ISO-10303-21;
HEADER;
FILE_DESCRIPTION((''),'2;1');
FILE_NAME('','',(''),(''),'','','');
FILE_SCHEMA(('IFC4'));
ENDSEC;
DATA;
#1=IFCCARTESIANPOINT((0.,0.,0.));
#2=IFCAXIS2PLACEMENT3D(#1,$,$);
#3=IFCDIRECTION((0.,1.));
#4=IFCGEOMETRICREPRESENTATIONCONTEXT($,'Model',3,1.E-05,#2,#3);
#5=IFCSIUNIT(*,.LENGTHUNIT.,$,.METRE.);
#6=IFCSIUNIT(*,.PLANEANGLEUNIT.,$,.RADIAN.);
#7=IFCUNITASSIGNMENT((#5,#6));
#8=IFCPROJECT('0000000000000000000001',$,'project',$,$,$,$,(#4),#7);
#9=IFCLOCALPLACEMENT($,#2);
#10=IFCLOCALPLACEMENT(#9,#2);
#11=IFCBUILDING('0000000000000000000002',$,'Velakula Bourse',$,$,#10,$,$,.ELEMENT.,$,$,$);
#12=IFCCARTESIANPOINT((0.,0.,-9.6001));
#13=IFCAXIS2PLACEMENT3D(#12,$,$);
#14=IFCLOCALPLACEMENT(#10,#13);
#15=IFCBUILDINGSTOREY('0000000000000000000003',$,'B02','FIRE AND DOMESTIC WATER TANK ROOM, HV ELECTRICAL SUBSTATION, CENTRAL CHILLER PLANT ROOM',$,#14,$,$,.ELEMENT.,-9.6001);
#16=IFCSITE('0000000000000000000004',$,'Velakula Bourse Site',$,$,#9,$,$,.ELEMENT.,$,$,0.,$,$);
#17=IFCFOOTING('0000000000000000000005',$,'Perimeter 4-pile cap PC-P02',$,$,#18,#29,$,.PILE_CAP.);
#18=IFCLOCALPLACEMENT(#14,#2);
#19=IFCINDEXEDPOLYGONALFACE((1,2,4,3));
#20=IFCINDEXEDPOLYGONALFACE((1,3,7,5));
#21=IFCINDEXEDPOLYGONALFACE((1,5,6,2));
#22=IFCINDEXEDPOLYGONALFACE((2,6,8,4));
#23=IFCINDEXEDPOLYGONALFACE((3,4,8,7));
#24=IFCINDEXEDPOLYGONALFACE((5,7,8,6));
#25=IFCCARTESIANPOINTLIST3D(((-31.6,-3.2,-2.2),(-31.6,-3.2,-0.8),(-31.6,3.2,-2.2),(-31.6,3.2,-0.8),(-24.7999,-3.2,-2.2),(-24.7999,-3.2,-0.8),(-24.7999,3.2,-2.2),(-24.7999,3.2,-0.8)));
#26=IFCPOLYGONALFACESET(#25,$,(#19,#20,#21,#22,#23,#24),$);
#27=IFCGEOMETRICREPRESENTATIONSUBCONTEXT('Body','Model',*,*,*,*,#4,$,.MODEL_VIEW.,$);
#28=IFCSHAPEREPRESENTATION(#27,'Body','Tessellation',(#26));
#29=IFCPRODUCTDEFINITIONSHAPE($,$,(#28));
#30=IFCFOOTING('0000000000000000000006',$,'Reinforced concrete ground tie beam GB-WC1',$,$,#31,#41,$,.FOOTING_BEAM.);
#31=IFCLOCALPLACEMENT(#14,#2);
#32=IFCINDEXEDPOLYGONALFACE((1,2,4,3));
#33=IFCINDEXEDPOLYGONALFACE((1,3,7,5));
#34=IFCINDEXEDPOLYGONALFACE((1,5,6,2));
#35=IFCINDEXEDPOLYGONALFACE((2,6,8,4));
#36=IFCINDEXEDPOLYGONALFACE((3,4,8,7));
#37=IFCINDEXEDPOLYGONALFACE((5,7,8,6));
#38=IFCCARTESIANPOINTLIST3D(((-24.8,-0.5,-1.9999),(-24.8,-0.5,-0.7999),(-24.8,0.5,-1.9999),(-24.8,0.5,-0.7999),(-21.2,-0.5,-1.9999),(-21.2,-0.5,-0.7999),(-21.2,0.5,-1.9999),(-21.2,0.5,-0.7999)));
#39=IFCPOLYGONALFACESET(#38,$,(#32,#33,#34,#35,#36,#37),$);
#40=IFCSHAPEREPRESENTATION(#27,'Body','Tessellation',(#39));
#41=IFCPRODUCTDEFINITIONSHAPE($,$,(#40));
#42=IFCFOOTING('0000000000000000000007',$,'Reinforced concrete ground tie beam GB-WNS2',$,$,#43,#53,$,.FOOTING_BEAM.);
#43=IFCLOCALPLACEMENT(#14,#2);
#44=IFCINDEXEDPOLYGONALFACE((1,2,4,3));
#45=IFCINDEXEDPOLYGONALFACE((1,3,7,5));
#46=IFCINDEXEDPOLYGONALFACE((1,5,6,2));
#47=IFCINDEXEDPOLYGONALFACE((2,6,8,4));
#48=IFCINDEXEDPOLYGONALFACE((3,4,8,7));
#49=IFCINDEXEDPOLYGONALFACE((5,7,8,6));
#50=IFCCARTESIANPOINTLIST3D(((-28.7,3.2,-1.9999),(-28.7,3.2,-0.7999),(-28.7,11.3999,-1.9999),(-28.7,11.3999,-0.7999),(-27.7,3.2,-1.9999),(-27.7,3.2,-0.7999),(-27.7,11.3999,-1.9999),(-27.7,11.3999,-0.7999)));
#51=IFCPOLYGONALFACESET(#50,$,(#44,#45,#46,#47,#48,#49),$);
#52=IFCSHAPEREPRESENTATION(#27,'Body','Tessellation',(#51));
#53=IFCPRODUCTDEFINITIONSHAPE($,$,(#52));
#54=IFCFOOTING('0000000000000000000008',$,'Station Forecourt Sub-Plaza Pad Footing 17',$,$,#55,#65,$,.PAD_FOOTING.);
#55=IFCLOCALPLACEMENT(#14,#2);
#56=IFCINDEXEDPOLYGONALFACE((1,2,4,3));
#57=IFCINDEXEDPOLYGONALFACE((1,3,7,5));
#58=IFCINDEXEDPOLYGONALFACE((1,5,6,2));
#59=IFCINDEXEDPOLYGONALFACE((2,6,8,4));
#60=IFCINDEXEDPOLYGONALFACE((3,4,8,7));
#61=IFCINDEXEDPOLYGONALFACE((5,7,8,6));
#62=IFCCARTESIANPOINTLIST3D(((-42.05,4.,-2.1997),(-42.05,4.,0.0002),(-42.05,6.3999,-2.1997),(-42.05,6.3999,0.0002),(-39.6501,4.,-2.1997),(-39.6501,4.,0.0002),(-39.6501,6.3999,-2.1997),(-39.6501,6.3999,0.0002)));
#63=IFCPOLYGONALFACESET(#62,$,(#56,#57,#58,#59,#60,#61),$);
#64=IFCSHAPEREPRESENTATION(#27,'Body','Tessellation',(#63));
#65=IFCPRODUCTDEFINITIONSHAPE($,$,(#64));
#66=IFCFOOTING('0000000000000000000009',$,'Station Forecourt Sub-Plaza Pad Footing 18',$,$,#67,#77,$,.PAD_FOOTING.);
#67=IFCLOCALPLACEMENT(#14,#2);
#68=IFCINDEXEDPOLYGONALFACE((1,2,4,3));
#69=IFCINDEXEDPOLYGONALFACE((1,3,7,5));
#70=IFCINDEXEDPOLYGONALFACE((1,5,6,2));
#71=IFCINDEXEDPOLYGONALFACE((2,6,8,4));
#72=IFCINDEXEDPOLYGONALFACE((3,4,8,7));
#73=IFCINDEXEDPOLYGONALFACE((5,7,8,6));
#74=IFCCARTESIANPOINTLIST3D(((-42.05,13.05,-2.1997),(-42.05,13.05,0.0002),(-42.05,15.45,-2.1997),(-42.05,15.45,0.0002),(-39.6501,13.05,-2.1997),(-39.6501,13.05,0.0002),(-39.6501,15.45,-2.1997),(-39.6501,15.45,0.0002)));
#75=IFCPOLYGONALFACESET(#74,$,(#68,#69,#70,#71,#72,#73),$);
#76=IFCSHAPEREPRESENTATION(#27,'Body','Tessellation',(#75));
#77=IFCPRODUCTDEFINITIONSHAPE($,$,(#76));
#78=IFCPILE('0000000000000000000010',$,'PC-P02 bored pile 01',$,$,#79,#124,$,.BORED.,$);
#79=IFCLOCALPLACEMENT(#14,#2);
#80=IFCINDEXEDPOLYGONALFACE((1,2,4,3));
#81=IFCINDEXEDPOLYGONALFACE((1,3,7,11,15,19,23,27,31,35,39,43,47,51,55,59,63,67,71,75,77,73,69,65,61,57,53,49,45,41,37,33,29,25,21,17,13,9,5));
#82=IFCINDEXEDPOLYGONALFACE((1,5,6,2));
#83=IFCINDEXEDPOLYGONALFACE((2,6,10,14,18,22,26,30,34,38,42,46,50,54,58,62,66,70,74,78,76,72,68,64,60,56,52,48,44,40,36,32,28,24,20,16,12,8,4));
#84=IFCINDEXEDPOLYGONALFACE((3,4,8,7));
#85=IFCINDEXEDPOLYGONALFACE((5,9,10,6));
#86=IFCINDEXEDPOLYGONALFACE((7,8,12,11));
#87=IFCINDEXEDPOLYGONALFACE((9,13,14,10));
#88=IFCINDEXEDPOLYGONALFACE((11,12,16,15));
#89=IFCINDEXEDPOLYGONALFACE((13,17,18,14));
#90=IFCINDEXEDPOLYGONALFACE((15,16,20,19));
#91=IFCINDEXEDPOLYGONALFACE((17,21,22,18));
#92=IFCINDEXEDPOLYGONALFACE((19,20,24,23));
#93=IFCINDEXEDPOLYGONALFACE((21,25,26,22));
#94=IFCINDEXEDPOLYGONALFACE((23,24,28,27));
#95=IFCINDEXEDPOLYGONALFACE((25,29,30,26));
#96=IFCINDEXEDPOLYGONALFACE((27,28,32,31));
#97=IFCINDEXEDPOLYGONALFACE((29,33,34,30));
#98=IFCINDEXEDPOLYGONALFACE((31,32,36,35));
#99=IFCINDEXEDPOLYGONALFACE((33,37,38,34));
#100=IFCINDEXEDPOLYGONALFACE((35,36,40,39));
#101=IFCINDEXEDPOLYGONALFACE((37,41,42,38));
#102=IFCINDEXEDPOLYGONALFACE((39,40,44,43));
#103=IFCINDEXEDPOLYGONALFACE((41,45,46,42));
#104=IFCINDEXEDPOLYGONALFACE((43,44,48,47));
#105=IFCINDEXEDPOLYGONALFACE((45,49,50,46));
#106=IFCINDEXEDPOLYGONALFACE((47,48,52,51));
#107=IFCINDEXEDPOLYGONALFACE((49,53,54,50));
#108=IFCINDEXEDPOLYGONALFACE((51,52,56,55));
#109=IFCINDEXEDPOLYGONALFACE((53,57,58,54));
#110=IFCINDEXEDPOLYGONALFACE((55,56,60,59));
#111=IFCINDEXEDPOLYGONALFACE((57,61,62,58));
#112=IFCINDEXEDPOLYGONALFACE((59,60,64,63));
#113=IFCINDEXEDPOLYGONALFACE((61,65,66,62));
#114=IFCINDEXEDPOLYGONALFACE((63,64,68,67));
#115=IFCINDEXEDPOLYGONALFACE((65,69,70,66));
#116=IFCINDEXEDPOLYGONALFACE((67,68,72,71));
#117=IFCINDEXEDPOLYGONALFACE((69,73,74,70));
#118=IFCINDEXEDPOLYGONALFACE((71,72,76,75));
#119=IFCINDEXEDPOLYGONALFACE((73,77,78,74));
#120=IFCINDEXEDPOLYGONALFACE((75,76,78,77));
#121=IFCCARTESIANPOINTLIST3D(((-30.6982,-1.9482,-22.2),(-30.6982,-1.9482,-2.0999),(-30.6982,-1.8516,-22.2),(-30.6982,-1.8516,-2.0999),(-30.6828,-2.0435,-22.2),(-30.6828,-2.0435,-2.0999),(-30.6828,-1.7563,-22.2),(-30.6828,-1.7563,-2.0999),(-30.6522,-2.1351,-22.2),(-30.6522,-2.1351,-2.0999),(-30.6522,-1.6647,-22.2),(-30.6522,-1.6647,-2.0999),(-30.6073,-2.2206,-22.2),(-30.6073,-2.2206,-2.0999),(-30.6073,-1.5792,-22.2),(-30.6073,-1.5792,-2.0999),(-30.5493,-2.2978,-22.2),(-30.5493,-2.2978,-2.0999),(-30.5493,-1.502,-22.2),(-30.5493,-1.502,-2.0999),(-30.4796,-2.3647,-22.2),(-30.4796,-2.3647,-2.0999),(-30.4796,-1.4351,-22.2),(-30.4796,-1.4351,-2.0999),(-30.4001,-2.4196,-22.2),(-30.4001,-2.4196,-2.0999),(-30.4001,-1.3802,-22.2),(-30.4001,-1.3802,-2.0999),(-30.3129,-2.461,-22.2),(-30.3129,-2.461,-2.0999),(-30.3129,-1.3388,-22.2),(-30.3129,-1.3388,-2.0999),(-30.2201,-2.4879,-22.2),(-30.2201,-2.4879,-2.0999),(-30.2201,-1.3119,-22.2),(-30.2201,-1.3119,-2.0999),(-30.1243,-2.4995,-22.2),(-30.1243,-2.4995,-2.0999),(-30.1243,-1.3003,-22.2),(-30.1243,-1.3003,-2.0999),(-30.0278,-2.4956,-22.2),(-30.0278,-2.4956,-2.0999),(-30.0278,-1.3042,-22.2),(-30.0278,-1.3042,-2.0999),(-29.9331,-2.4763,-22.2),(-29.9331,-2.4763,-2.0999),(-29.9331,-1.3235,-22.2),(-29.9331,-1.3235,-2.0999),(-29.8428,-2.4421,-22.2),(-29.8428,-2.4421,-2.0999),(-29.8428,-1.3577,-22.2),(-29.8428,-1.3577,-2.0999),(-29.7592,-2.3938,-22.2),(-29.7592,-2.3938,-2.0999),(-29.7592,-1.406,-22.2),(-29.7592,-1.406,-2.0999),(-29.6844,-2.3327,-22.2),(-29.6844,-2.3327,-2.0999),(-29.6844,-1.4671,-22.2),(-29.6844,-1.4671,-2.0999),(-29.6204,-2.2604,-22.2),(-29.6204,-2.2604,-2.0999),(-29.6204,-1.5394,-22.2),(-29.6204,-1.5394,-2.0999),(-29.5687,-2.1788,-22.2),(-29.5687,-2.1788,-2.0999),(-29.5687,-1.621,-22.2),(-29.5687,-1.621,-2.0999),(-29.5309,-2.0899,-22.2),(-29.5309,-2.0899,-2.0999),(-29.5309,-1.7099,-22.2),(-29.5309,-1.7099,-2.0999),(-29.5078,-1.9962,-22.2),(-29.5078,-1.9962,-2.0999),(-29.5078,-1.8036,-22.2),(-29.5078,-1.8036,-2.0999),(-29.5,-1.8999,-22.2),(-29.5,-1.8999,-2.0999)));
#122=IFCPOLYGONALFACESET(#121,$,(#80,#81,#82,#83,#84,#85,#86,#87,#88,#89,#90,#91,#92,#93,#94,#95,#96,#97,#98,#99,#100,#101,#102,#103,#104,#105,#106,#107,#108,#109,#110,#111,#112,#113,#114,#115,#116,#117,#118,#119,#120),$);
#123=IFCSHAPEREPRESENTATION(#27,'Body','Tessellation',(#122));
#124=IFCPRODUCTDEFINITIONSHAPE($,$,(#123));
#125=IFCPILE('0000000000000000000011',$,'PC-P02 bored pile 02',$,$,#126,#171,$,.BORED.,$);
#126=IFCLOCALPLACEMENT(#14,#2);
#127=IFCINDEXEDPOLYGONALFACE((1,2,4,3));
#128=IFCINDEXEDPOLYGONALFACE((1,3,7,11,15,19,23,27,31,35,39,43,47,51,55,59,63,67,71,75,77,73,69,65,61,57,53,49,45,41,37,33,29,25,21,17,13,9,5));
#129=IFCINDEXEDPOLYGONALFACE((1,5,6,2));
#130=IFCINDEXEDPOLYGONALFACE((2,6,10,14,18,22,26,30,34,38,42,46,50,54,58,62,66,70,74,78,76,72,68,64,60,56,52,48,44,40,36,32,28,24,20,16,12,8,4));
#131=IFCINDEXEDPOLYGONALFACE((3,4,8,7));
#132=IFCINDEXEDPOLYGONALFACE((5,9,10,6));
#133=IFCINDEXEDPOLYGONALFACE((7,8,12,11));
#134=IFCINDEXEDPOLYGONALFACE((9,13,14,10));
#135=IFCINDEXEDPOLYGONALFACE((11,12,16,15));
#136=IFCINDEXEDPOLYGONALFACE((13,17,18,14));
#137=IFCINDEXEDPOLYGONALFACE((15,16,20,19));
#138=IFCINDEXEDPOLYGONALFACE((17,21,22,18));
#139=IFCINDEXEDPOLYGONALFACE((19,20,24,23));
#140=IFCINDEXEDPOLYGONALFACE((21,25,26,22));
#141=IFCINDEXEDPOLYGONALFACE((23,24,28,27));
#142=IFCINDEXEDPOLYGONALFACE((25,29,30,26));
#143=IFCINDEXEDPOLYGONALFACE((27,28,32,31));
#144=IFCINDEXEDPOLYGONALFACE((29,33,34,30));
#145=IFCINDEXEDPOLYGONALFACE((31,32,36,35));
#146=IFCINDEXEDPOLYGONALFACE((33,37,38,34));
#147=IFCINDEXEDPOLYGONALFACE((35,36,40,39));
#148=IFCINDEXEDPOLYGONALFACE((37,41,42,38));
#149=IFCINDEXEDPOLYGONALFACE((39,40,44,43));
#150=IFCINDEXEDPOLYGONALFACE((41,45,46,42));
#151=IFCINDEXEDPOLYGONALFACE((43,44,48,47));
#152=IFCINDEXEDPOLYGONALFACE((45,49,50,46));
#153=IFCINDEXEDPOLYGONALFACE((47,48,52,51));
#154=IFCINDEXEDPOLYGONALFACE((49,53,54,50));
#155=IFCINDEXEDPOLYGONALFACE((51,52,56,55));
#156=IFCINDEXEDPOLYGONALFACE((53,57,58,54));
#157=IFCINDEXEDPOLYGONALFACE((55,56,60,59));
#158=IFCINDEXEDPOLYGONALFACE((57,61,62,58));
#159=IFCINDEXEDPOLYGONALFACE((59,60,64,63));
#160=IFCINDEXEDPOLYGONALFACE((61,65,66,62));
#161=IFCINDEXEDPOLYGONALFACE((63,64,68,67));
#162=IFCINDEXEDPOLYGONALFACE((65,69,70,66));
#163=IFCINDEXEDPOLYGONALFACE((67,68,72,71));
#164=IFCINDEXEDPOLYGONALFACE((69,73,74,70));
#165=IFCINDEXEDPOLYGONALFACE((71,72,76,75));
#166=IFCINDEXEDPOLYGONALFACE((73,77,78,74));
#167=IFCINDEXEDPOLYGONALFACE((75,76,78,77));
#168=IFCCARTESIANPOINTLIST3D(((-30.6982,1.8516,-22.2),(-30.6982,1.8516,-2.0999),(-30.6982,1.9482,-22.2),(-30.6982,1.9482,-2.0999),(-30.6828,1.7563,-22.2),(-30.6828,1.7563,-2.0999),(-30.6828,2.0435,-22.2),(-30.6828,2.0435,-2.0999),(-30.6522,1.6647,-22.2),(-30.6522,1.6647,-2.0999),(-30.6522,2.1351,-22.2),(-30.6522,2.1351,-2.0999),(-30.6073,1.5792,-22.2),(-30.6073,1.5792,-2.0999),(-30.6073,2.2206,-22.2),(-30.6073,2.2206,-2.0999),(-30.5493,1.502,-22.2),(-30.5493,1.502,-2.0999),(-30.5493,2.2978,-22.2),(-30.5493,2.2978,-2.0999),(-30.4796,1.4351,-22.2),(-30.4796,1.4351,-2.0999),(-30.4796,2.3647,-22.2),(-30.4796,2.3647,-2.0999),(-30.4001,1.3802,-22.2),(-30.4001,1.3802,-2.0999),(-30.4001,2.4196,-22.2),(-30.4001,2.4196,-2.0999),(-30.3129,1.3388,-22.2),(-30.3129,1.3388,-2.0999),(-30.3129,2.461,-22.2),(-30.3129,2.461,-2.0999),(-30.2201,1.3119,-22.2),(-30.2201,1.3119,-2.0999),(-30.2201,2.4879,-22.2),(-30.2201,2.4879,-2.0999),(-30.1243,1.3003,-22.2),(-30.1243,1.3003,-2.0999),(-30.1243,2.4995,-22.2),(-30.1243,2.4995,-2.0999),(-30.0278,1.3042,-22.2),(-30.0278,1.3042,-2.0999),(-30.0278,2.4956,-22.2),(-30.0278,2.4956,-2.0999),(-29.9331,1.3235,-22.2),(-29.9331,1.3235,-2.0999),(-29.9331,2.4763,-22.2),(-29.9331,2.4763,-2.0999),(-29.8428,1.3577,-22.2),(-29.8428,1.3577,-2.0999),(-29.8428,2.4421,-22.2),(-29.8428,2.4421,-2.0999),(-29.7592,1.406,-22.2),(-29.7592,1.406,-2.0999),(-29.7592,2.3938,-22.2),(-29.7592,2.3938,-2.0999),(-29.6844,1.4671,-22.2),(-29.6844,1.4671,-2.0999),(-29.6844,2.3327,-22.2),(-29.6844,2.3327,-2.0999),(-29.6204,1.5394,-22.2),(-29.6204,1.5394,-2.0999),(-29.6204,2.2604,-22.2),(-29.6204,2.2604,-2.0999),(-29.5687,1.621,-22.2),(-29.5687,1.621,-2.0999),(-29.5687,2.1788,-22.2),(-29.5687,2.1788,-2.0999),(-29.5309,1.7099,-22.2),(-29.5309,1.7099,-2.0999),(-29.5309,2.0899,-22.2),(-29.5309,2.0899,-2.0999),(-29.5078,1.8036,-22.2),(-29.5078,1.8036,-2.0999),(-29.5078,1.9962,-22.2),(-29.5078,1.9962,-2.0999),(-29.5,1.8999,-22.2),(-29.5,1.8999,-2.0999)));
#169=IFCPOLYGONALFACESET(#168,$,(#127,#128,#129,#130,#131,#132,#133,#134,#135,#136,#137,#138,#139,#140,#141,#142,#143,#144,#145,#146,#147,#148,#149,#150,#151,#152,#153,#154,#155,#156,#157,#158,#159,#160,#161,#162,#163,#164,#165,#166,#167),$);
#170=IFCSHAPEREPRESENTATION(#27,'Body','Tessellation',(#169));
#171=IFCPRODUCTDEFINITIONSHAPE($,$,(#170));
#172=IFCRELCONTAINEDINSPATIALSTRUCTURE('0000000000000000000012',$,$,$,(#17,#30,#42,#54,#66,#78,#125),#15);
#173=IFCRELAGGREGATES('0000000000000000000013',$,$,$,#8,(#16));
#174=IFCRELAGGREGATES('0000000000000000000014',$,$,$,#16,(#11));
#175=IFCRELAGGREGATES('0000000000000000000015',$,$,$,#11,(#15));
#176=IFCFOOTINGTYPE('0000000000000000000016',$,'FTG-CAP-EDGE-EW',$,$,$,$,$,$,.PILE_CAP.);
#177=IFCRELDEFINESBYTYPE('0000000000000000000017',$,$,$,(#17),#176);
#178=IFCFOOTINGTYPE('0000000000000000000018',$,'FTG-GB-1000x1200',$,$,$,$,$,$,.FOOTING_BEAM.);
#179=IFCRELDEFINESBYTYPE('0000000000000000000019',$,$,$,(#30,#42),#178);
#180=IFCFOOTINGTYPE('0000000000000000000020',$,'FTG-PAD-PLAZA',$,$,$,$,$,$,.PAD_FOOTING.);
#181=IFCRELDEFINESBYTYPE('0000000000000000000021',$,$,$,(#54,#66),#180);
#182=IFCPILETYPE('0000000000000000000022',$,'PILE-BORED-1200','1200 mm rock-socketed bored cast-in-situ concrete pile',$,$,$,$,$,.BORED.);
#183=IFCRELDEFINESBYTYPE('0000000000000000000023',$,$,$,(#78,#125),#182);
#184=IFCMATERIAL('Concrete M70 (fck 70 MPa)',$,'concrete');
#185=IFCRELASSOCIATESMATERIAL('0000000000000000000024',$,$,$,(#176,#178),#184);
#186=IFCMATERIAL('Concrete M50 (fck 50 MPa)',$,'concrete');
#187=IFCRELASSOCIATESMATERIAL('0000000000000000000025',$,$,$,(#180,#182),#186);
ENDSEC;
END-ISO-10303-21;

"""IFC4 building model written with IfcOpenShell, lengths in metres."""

from ifc_helpers import new_model, si_unit, direction, frame, origin, origin_2d, place, context, subcontext, project, spatial, rectangle, circle, extrude, material, material_profile, profile_set, type_object, element, save


model = new_model("IFC4")

# Units and contexts
model_context = context("Model", 3, precision=1e-05, world=origin(), true_north=direction((0.0, 1.0)))
body_context = subcontext(model_context, "Body", "Model", "MODEL_VIEW")
ifc_project = project(units=[si_unit("LENGTHUNIT", "METRE"), si_unit("PLANEANGLEUNIT", "RADIAN")], contexts=[model_context])

# Site, building, storey
site_placement = place(None, origin())
site = spatial("IfcSite", under=ifc_project, at=site_placement, Name="Velakula Bourse Site", CompositionType="ELEMENT", RefElevation=0.0)
building_placement = place(site_placement, origin())
building = spatial("IfcBuilding", under=site, at=building_placement, Name="Velakula Bourse", CompositionType="ELEMENT")
storey_placement = place(building_placement, frame((0.0, 0.0, -9.6001)))
storey = spatial("IfcBuildingStorey", under=building, at=storey_placement, Name="B02", Description="FIRE AND DOMESTIC WATER TANK ROOM, HV ELECTRICAL SUBSTATION, CENTRAL CHILLER PLANT ROOM", CompositionType="ELEMENT", Elevation=-9.6001)

# Footings
ifc_material_1 = material(Name="Concrete M70 (fck 70 MPa)", Category="concrete")
footing_type_1 = type_object("IfcFootingType", Name="FTG-CAP-EDGE-EW", PredefinedType="PILE_CAP", material=ifc_material_1)
footing_1_placement = place(storey_placement, frame((-28.2, 0.0, -2.2), z_axis=(0.0, 0.0, 1.0), x_axis=(1.0, 0.0, 0.0)))
element("IfcFooting", 1, at=footing_1_placement, inside=storey, type_object=footing_type_1, Name="Perimeter 4-pile cap PC-P02", PredefinedType="PILE_CAP", context=body_context, shape_type="SweptSolid", body=[
    extrude(rectangle(XDim=6.8, YDim=6.3999, at=origin_2d()), origin(), (0.0, 0.0, 1.0), 1.3999),
])
ifc_material_profile_1 = material_profile(ifc_material_1, rectangle(XDim=1.0, YDim=1.2, at=origin_2d()), Name="Concrete M70 (fck 70 MPa)")
ifc_profile_set_1 = profile_set([ifc_material_profile_1], Name="Concrete M70 (fck 70 MPa)")
footing_type_2 = type_object("IfcFootingType", Name="FTG-GB-1000x1200", PredefinedType="FOOTING_BEAM", material=ifc_profile_set_1)
footing_2_placement = place(storey_placement, frame((-24.8, 0.0, -1.3999), z_axis=(1.0, 0.0, 0.0), x_axis=(0.0, 1.0, 0.0)))
element("IfcFooting", 2, at=footing_2_placement, inside=storey, type_object=footing_type_2, Name="Reinforced concrete ground tie beam GB-WC1", PredefinedType="FOOTING_BEAM", context=body_context, shape_type="SweptSolid", body=[
    extrude(rectangle(XDim=1.0, YDim=1.2, at=origin_2d()), origin(), (0.0, 0.0, 1.0), 3.6001),
])
footing_3_placement = place(storey_placement, frame((-28.2, 3.2, -1.3999), z_axis=(0.0, 1.0, 0.0), x_axis=(-1.0, 0.0, 0.0)))
element("IfcFooting", 3, at=footing_3_placement, inside=storey, type_object=footing_type_2, Name="Reinforced concrete ground tie beam GB-WNS2", PredefinedType="FOOTING_BEAM", context=body_context, shape_type="SweptSolid", body=[
    extrude(rectangle(XDim=1.0, YDim=1.2, at=origin_2d()), origin(), (0.0, 0.0, 1.0), 8.2),
])
ifc_material_2 = material(Name="Concrete M50 (fck 50 MPa)", Category="concrete")
footing_type_3 = type_object("IfcFootingType", Name="FTG-PAD-PLAZA", PredefinedType="PAD_FOOTING", material=ifc_material_2)
for number, where, z_axis, x_axis, name in (
    (4, (-40.8501, 5.2, -2.1997), (0.0, 0.0, 1.0), (1.0, 0.0, 0.0), "Station Forecourt Sub-Plaza Pad Footing 17"),
    (5, (-40.8501, 14.25, -2.1997), (0.0, 0.0, 1.0), (1.0, 0.0, 0.0), "Station Forecourt Sub-Plaza Pad Footing 18"),
):
    element("IfcFooting", number, at=place(storey_placement, frame(where, z_axis=z_axis, x_axis=x_axis)), inside=storey, type_object=footing_type_3, Name=name, PredefinedType="PAD_FOOTING", context=body_context, shape_type="SweptSolid", body=[
        extrude(rectangle(XDim=2.3999, YDim=2.3999, at=origin_2d()), origin(), (0.0, 0.0, 1.0), 2.2),
    ])

# Piles
ifc_material_profile_2 = material_profile(ifc_material_2, circle(Radius=0.6001, at=origin_2d()), Name="Concrete M50 (fck 50 MPa)")
ifc_profile_set_2 = profile_set([ifc_material_profile_2], Name="Concrete M50 (fck 50 MPa)")
pile_type_1 = type_object("IfcPileType", Name="PILE-BORED-1200", Description="1200 mm rock-socketed bored cast-in-situ concrete pile", PredefinedType="BORED", material=ifc_profile_set_2)
for number, where, z_axis, x_axis, name in (
    (6, (-30.1001, -1.8999, -2.0999), (0.0, 0.0, -1.0), (1.0, 0.0, 0.0), "PC-P02 bored pile 01"),
    (7, (-30.1001, 1.8999, -2.0999), (0.0, 0.0, -1.0), (1.0, 0.0, 0.0), "PC-P02 bored pile 02"),
):
    element("IfcPile", number, at=place(storey_placement, frame(where, z_axis=z_axis, x_axis=x_axis)), inside=storey, type_object=pile_type_1, Name=name, PredefinedType="BORED", context=body_context, shape_type="SweptSolid", body=[
        extrude(circle(Radius=0.6001, at=origin_2d()), origin(), (0.0, 0.0, 1.0), 20.1001),
    ])

save(model, "model.ifc")
